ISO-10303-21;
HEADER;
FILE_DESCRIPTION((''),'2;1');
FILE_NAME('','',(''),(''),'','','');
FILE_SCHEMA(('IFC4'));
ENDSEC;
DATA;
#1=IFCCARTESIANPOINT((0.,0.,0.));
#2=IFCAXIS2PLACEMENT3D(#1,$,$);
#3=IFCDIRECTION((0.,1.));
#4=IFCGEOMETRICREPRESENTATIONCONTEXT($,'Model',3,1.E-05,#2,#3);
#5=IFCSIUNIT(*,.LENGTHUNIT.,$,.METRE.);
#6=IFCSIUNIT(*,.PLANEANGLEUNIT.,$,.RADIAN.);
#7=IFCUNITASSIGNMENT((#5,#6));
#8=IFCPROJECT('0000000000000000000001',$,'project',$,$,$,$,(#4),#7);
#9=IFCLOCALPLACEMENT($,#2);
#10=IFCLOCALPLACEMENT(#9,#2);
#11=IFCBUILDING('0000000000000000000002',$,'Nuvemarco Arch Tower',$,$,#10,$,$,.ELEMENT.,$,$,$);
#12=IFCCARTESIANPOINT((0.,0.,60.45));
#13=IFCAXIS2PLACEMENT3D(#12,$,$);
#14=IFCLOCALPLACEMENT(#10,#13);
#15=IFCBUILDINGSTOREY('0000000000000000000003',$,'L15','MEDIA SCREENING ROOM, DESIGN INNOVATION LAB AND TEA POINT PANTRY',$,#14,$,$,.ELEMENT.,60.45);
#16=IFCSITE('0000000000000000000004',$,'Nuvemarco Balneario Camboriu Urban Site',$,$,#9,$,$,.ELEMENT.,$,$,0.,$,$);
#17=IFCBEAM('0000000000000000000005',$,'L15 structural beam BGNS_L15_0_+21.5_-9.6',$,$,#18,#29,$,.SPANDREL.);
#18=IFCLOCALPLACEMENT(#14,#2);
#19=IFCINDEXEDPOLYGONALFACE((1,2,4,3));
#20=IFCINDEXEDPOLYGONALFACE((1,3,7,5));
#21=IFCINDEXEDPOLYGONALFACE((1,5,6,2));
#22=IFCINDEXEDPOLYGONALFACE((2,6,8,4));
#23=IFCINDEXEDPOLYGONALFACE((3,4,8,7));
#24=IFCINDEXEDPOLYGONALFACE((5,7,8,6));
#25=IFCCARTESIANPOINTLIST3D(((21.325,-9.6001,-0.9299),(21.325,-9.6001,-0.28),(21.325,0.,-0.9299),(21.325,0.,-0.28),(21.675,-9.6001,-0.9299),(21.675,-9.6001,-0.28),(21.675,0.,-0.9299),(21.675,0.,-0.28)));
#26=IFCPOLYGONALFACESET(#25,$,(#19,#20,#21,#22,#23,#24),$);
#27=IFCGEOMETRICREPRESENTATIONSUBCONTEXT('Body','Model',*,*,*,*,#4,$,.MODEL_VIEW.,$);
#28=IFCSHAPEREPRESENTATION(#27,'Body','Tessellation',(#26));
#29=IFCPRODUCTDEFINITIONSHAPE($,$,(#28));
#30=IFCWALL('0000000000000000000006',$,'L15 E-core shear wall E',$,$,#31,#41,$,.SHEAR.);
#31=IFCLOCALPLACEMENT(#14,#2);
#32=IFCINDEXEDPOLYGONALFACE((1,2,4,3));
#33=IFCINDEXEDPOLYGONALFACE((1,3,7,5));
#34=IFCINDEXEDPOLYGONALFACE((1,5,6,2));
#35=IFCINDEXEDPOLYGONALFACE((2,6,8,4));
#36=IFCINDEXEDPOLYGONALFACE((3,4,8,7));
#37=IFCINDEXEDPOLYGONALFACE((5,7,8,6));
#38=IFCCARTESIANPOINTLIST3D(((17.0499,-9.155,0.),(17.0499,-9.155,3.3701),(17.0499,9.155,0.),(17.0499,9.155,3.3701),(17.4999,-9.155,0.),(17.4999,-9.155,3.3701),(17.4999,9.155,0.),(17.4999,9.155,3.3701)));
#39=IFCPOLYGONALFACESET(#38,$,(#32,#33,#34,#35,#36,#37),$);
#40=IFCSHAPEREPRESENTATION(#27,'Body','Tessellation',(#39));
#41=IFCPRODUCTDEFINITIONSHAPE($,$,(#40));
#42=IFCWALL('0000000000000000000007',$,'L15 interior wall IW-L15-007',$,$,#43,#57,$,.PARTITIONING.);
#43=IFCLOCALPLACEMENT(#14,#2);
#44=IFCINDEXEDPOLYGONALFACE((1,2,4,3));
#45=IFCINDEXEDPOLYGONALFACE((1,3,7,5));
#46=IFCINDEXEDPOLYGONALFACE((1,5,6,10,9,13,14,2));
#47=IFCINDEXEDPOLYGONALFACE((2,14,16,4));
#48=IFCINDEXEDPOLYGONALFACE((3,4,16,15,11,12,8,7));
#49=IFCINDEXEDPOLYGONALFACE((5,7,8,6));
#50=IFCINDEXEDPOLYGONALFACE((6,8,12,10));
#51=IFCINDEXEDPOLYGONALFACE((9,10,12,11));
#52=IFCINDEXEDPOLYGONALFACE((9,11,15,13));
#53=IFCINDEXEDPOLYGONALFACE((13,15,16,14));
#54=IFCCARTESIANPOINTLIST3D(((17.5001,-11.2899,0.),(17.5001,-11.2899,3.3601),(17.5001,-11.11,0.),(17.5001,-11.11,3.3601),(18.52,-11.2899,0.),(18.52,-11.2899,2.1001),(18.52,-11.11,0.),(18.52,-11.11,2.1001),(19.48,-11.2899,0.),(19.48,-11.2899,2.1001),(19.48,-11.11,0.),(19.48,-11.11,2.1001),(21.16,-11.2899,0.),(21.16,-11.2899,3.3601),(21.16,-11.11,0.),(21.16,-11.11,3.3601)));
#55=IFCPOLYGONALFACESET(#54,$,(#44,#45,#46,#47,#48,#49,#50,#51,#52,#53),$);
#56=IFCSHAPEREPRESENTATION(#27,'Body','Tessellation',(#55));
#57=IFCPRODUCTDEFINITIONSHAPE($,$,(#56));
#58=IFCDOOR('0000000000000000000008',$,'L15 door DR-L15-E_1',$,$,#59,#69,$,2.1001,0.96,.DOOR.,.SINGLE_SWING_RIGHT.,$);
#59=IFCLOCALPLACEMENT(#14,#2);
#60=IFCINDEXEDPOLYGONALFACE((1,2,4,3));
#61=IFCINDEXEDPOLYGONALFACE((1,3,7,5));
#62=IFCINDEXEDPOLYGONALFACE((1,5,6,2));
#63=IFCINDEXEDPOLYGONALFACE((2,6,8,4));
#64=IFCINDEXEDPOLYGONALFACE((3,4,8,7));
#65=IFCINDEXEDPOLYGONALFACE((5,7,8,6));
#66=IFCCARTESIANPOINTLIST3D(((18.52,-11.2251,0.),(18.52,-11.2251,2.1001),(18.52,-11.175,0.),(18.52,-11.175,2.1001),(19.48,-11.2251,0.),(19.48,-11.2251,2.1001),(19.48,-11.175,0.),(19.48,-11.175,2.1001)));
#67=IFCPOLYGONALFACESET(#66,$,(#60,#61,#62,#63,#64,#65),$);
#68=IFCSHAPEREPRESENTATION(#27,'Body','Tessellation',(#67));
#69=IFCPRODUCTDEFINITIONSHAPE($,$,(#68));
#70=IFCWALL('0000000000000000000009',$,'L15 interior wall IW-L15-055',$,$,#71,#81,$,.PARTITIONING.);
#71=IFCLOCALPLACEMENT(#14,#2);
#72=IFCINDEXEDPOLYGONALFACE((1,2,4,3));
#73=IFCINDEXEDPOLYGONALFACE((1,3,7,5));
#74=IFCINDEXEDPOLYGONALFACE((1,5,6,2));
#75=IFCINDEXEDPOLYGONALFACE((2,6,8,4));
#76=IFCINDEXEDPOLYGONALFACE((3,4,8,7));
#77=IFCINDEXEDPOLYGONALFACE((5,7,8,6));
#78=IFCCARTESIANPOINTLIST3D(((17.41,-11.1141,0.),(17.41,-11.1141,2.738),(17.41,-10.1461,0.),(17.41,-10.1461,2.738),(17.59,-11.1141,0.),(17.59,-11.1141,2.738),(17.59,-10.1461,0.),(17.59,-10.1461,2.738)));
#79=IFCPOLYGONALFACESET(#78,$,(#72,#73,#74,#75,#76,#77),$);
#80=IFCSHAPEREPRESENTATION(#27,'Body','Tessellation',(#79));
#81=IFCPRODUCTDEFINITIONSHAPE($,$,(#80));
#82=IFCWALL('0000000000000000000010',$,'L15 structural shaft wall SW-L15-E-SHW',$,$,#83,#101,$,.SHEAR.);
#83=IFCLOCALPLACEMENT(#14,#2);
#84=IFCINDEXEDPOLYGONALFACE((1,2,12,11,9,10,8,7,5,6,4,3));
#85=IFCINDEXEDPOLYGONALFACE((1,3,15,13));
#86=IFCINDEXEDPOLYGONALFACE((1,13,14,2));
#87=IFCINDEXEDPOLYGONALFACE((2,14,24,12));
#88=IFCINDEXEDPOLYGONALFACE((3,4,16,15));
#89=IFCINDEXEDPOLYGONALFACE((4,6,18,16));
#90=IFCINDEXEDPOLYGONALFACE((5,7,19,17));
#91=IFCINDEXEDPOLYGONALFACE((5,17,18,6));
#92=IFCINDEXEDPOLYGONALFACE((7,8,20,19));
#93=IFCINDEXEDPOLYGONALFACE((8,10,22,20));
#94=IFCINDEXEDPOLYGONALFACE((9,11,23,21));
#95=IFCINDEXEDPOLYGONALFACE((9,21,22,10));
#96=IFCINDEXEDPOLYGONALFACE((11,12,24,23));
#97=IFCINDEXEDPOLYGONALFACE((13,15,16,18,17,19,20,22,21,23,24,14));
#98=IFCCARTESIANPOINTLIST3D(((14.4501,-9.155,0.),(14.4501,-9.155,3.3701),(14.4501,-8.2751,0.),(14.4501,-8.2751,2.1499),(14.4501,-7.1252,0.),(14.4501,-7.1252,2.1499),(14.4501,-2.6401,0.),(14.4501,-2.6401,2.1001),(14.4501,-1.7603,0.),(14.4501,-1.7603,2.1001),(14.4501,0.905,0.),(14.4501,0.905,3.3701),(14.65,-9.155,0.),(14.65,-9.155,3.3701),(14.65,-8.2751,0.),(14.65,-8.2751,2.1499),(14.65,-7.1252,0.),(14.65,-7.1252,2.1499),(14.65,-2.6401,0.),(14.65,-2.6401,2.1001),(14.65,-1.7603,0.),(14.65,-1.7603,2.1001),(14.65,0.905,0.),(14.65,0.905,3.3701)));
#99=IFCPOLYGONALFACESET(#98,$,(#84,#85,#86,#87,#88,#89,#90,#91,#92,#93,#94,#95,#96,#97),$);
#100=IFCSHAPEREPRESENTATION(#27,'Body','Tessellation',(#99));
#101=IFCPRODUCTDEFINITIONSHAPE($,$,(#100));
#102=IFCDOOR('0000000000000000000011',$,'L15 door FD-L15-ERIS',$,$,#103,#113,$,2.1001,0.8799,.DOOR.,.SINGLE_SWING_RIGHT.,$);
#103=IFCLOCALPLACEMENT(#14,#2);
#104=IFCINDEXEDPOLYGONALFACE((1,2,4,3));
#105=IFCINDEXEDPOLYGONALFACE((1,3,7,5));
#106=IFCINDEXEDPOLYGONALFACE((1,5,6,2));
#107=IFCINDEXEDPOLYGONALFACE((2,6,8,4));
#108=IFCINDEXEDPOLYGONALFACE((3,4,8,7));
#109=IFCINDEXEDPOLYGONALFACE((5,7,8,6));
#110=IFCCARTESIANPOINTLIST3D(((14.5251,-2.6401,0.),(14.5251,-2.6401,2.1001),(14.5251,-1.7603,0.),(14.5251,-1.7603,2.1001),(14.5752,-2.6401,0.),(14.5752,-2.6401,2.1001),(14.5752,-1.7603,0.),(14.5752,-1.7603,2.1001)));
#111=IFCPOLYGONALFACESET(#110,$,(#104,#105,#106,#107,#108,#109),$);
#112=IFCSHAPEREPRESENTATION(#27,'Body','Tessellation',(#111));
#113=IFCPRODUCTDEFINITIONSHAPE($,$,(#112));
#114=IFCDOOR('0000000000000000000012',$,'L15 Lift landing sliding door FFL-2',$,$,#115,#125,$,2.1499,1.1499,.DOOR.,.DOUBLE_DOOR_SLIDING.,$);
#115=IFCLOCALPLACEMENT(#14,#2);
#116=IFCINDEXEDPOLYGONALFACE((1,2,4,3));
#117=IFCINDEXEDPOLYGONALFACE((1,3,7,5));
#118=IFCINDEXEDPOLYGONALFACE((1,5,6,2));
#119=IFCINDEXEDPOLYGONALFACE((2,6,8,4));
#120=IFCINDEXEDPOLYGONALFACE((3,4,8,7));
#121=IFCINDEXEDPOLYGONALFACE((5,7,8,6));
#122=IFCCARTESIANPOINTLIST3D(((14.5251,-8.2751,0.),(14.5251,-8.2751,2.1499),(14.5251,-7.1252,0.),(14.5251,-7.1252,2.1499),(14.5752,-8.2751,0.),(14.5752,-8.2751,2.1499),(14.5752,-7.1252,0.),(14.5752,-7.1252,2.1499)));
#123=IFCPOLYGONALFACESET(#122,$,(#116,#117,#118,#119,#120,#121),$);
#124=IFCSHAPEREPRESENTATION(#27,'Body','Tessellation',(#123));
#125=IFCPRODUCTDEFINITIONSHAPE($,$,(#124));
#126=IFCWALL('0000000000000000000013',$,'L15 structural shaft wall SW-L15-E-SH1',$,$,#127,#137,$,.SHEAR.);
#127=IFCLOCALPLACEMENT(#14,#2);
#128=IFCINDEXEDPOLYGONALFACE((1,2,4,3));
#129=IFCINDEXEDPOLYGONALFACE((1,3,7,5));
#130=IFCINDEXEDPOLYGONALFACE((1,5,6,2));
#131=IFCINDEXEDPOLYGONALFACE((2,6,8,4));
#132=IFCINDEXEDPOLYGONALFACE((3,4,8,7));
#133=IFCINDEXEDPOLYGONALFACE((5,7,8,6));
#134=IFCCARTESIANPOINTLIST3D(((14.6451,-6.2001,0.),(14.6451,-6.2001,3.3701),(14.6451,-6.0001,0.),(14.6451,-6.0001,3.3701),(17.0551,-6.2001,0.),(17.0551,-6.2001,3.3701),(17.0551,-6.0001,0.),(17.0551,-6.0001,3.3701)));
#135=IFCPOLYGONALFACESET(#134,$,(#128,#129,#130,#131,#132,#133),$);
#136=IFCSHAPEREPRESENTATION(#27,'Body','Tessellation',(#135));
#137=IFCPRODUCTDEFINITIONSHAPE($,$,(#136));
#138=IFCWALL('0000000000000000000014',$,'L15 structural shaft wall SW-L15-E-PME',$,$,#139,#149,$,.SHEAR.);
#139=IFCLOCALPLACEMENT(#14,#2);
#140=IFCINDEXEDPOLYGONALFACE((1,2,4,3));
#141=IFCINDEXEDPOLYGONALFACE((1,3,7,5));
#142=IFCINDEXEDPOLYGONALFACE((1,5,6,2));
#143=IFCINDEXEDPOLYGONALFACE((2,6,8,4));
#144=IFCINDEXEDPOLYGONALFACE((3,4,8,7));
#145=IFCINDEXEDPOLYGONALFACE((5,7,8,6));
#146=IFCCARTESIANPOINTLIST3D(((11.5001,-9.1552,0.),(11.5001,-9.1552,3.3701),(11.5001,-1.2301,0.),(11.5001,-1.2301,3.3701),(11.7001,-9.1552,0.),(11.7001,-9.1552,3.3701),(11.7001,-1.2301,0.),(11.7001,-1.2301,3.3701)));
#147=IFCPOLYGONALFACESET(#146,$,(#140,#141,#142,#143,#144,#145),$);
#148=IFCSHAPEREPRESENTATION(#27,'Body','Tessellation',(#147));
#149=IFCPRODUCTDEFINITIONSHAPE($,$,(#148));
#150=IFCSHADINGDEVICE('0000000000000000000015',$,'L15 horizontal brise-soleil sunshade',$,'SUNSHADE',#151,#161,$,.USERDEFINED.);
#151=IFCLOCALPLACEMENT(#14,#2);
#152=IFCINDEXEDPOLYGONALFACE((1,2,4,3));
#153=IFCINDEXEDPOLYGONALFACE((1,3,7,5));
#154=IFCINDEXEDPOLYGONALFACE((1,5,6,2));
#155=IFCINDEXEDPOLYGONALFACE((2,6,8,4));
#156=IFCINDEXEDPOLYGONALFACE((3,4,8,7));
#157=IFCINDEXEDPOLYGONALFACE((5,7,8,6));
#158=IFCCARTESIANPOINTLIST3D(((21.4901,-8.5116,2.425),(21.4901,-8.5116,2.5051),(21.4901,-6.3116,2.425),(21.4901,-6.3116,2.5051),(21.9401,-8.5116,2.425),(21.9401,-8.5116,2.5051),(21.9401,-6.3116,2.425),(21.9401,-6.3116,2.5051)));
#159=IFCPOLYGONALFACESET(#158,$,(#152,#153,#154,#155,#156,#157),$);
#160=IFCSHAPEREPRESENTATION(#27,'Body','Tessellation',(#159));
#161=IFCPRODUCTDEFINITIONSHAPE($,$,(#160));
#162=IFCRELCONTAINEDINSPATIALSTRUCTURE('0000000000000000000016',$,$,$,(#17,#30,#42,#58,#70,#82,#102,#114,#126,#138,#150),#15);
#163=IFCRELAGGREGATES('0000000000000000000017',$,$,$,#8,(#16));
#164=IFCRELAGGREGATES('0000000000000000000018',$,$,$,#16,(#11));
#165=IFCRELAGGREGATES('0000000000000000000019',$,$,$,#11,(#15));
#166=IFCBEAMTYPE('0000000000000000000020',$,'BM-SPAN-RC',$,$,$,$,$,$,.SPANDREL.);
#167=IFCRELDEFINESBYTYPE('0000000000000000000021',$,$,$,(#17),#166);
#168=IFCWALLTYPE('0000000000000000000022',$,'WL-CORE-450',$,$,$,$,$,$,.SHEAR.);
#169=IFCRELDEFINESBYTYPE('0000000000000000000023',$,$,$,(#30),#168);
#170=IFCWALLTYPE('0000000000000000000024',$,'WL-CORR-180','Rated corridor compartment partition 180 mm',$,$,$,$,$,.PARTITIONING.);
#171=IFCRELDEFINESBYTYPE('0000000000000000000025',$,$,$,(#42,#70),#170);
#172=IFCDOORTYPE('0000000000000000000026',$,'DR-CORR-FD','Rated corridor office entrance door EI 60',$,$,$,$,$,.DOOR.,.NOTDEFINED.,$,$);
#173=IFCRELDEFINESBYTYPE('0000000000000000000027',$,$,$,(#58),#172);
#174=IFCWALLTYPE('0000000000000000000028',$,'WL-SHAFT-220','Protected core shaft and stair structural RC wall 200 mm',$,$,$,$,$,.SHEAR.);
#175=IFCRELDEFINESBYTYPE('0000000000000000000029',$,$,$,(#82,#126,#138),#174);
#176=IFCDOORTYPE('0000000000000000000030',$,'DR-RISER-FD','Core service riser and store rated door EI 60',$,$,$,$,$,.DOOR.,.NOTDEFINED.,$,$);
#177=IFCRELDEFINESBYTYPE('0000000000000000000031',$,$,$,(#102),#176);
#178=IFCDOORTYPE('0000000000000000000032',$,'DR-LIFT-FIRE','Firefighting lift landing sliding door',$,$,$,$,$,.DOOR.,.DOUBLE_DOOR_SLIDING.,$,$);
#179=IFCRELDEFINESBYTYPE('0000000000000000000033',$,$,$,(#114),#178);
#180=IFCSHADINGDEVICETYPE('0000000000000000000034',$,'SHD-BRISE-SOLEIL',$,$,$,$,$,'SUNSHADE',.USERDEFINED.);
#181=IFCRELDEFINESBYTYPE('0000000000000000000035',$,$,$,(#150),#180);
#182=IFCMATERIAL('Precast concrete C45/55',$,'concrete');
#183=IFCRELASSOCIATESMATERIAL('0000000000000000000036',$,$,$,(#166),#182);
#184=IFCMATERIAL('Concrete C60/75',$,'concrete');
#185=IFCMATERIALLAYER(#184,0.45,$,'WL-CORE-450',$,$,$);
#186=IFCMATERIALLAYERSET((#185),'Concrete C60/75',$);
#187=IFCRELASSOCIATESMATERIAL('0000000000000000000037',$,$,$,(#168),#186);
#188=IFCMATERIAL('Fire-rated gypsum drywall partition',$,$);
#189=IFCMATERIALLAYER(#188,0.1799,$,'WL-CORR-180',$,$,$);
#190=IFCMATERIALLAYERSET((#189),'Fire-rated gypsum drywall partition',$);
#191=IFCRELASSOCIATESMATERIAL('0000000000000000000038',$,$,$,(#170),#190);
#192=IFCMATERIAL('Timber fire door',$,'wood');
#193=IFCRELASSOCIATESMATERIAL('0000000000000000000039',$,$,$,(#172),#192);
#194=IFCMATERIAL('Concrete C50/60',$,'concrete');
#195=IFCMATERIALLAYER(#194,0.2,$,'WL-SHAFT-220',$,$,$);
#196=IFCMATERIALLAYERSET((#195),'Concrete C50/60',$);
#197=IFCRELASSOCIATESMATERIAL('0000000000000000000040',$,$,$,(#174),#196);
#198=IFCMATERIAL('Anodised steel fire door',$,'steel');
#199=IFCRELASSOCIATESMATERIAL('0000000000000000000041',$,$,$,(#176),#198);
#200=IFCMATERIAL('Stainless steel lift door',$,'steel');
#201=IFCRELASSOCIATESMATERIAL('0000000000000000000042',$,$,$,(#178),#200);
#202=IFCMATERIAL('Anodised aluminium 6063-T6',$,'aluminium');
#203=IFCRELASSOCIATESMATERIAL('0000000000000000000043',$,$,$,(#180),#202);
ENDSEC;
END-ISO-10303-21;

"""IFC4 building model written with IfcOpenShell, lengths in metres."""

from ifc_helpers import new_model, si_unit, direction, frame, frame_2d, origin, origin_2d, place, context, subcontext, project, spatial, rectangle, extrude, source, transform, mapped, material, layer, layer_set, material_profile, profile_set, type_object, type_shapes, element, fill, save


model = new_model("IFC4")

# Units and contexts
model_context = context("Model", 3, precision=1e-05, world=origin(), true_north=direction((0.0, 1.0)))
body_context = subcontext(model_context, "Body", "Model", "MODEL_VIEW")
ifc_project = project(units=[si_unit("LENGTHUNIT", "METRE"), si_unit("PLANEANGLEUNIT", "RADIAN")], contexts=[model_context])

# Site, building, storey
site_placement = place(None, origin())
site = spatial("IfcSite", under=ifc_project, at=site_placement, Name="Nuvemarco Balneario Camboriu Urban Site", CompositionType="ELEMENT", RefElevation=0.0)
building_placement = place(site_placement, origin())
building = spatial("IfcBuilding", under=site, at=building_placement, Name="Nuvemarco Arch Tower", CompositionType="ELEMENT")
storey_placement = place(building_placement, frame((0.0, 0.0, 60.45)))
storey = spatial("IfcBuildingStorey", under=building, at=storey_placement, Name="L15", Description="MEDIA SCREENING ROOM, DESIGN INNOVATION LAB AND TEA POINT PANTRY", CompositionType="ELEMENT", Elevation=60.45)

# Shared definitions
ifc_material_1 = material(Name="Concrete C60/75", Category="concrete")

# Beam
ifc_material_2 = material(Name="Precast concrete C45/55", Category="concrete")
ifc_material_profile_1 = material_profile(ifc_material_2, rectangle(XDim=0.3501, YDim=0.6499, at=origin_2d()), Name="PC-SP-350x650")
ifc_profile_set_1 = profile_set([ifc_material_profile_1], Name="Precast concrete C45/55")
beam_type_1 = type_object("IfcBeamType", Name="BM-SPAN-RC", PredefinedType="SPANDREL", material=ifc_profile_set_1)
beam_1_placement = place(storey_placement, frame((21.5, -9.6001, -0.605), z_axis=(0.0, 1.0, 0.0), x_axis=(-1.0, 0.0, 0.0)))
element("IfcBeam", 1, at=beam_1_placement, inside=storey, type_object=beam_type_1, Name="L15 structural beam BGNS_L15_0_+21.5_-9.6", PredefinedType="SPANDREL", context=body_context, shape_type="SweptSolid", body=[
    extrude(rectangle(XDim=0.3501, YDim=0.6499, at=origin_2d()), origin(), (0.0, 0.0, 1.0), 9.6001),
])

# Wall
ifc_layer_1 = layer(ifc_material_1, 0.45, Name="WL-CORE-450")
ifc_layer_set_1 = layer_set([ifc_layer_1], Name="Concrete C60/75")
wall_type_1 = type_object("IfcWallType", Name="WL-CORE-450", PredefinedType="SHEAR", material=ifc_layer_set_1)
wall_1_placement = place(storey_placement, frame((17.2749, -9.155, 0.0), z_axis=(0.0, 0.0, 1.0), x_axis=(0.0, 1.0, 0.0)))
element("IfcWall", 2, at=wall_1_placement, inside=storey, type_object=wall_type_1, Name="L15 E-core shear wall E", PredefinedType="SHEAR", context=body_context, shape_type="SweptSolid", body=[
    extrude(rectangle(XDim=18.3101, YDim=0.45, at=frame_2d((9.155, 0.0))), origin(), (0.0, 0.0, 1.0), 3.3701),
])

# Wall, opening, door
ifc_material_3 = material(Name="Fire-rated gypsum drywall partition")
ifc_layer_2 = layer(ifc_material_3, 0.1799, Name="WL-CORR-180")
ifc_layer_set_2 = layer_set([ifc_layer_2], Name="Fire-rated gypsum drywall partition")
wall_type_2 = type_object("IfcWallType", Name="WL-CORR-180", Description="Rated corridor compartment partition 180 mm", PredefinedType="PARTITIONING", material=ifc_layer_set_2)
wall_2_placement = place(storey_placement, frame((17.5, -11.2, 0.0), z_axis=(0.0, 0.0, 1.0), x_axis=(1.0, 0.0, 0.0)))
wall_2 = element("IfcWall", 3, at=wall_2_placement, inside=storey, type_object=wall_type_2, Name="L15 interior wall IW-L15-007", PredefinedType="PARTITIONING", context=body_context, shape_type="SweptSolid", body=[
    extrude(rectangle(XDim=3.6599, YDim=0.1799, at=frame_2d((1.8301, 0.0))), origin(), (0.0, 0.0, 1.0), 3.3601),
])
opening_1_placement = place(wall_2_placement, frame((1.02, 0.0, 0.0)))
opening_1 = element("IfcOpeningElement", 4, at=opening_1_placement, cuts=wall_2, PredefinedType="OPENING", context=body_context, shape_type="SweptSolid", body=[
    extrude(rectangle(XDim=0.96, YDim=2.1001, at=frame_2d((0.48, 1.05))), frame((0.0, 0.0999, 0.0), z_axis=(0.0, -1.0, 0.0), x_axis=(1.0, 0.0, 0.0)), (0.0, 0.0, 1.0), 0.2),
])
ifc_material_4 = material(Name="Timber fire door", Category="wood")
door_type_1 = type_object("IfcDoorType", Name="DR-CORR-FD", Description="Rated corridor office entrance door EI 60", OperationType="NOTDEFINED", PredefinedType="DOOR", material=ifc_material_4)
shared_shape_1 = source(origin(), body_context, "Body", "SweptSolid", [
    extrude(rectangle(XDim=0.96, YDim=2.1001, at=frame_2d((0.48, 1.05))), frame((0.0, 0.0249, 0.0), z_axis=(0.0, -1.0, 0.0), x_axis=(1.0, 0.0, 0.0)), (0.0, 0.0, 1.0), 0.05),
])
type_shapes(door_type_1, [shared_shape_1])
door_1_placement = place(opening_1_placement, origin())
door_1 = element("IfcDoor", 5, at=door_1_placement, inside=storey, type_object=door_type_1, Name="L15 door DR-L15-E_1", OperationType="SINGLE_SWING_RIGHT", OverallHeight=2.1001, OverallWidth=0.96, PredefinedType="DOOR", context=body_context, shape_type="MappedRepresentation", body=[
    mapped(shared_shape_1, transform((0.0, 0.0, 0.0), scale=1.0)),
])
fill(opening_1, door_1)

# Wall
wall_3_placement = place(storey_placement, frame((17.5, -11.114, 0.0), z_axis=(0.0, 0.0, 1.0), x_axis=(0.0, 1.0, 0.0)))
element("IfcWall", 6, at=wall_3_placement, inside=storey, type_object=wall_type_2, Name="L15 interior wall IW-L15-055", PredefinedType="PARTITIONING", context=body_context, shape_type="SweptSolid", body=[
    extrude(rectangle(XDim=0.968, YDim=0.1799, at=frame_2d((0.4839, 0.0))), origin(), (0.0, 0.0, 1.0), 2.738),
])

# Wall, openings, doors
ifc_material_5 = material(Name="Concrete C50/60", Category="concrete")
ifc_layer_3 = layer(ifc_material_5, 0.2, Name="WL-SHAFT-220")
ifc_layer_set_3 = layer_set([ifc_layer_3], Name="Concrete C50/60")
wall_type_3 = type_object("IfcWallType", Name="WL-SHAFT-220", Description="Protected core shaft and stair structural RC wall 200 mm", PredefinedType="SHEAR", material=ifc_layer_set_3)
wall_4_placement = place(storey_placement, frame((14.55, -9.155, 0.0), z_axis=(0.0, 0.0, 1.0), x_axis=(0.0, 1.0, 0.0)))
wall_4 = element("IfcWall", 7, at=wall_4_placement, inside=storey, type_object=wall_type_3, Name="L15 structural shaft wall SW-L15-E-SHW", PredefinedType="SHEAR", context=body_context, shape_type="SweptSolid", body=[
    extrude(rectangle(XDim=10.0601, YDim=0.2, at=frame_2d((5.03, 0.0))), origin(), (0.0, 0.0, 1.0), 3.3701),
])
opening_2_placement = place(wall_4_placement, frame((6.5149, 0.0, 0.0)))
opening_2 = element("IfcOpeningElement", 8, at=opening_2_placement, cuts=wall_4, PredefinedType="OPENING", context=body_context, shape_type="SweptSolid", body=[
    extrude(rectangle(XDim=0.8799, YDim=2.1001, at=frame_2d((0.4399, 1.05))), frame((0.0, 0.1099, 0.0), z_axis=(0.0, -1.0, 0.0), x_axis=(1.0, 0.0, 0.0)), (0.0, 0.0, 1.0), 0.22),
])
opening_3_placement = place(wall_4_placement, frame((0.8799, 0.0, 0.0)))
opening_3 = element("IfcOpeningElement", 9, at=opening_3_placement, cuts=wall_4, PredefinedType="OPENING", context=body_context, shape_type="SweptSolid", body=[
    extrude(rectangle(XDim=1.1499, YDim=2.1499, at=frame_2d((0.575, 1.075))), frame((0.0, 0.1099, 0.0), z_axis=(0.0, -1.0, 0.0), x_axis=(1.0, 0.0, 0.0)), (0.0, 0.0, 1.0), 0.22),
])
ifc_material_6 = material(Name="Anodised steel fire door", Category="steel")
door_type_2 = type_object("IfcDoorType", Name="DR-RISER-FD", Description="Core service riser and store rated door EI 60", OperationType="NOTDEFINED", PredefinedType="DOOR", material=ifc_material_6)
shared_shape_2 = source(origin(), body_context, "Body", "SweptSolid", [
    extrude(rectangle(XDim=0.8799, YDim=2.1001, at=frame_2d((0.4399, 1.05))), frame((0.0, 0.0249, 0.0), z_axis=(0.0, -1.0, 0.0), x_axis=(1.0, 0.0, 0.0)), (0.0, 0.0, 1.0), 0.05),
])
type_shapes(door_type_2, [shared_shape_2])
door_2_placement = place(opening_2_placement, origin())
door_2 = element("IfcDoor", 10, at=door_2_placement, inside=storey, type_object=door_type_2, Name="L15 door FD-L15-ERIS", OperationType="SINGLE_SWING_RIGHT", OverallHeight=2.1001, OverallWidth=0.8799, PredefinedType="DOOR", context=body_context, shape_type="MappedRepresentation", body=[
    mapped(shared_shape_2, transform((0.0, 0.0, 0.0), scale=1.0)),
])
fill(opening_2, door_2)
ifc_material_7 = material(Name="Stainless steel lift door", Category="steel")
door_type_3 = type_object("IfcDoorType", Name="DR-LIFT-FIRE", Description="Firefighting lift landing sliding door", OperationType="DOUBLE_DOOR_SLIDING", PredefinedType="DOOR", material=ifc_material_7)
shared_shape_3 = source(origin(), body_context, "Body", "SweptSolid", [
    extrude(rectangle(XDim=1.1499, YDim=2.1499, at=frame_2d((0.575, 1.075))), frame((0.0, 0.0249, 0.0), z_axis=(0.0, -1.0, 0.0), x_axis=(1.0, 0.0, 0.0)), (0.0, 0.0, 1.0), 0.05),
])
type_shapes(door_type_3, [shared_shape_3])
door_3_placement = place(opening_3_placement, origin())
door_3 = element("IfcDoor", 11, at=door_3_placement, inside=storey, type_object=door_type_3, Name="L15 Lift landing sliding door FFL-2", OperationType="DOUBLE_DOOR_SLIDING", OverallHeight=2.1499, OverallWidth=1.1499, PredefinedType="DOOR", context=body_context, shape_type="MappedRepresentation", body=[
    mapped(shared_shape_3, transform((0.0, 0.0, 0.0), scale=1.0)),
])
fill(opening_3, door_3)

# Walls
wall_5_placement = place(storey_placement, frame((14.645, -6.1001, 0.0), z_axis=(0.0, 0.0, 1.0), x_axis=(1.0, 0.0, 0.0)))
element("IfcWall", 12, at=wall_5_placement, inside=storey, type_object=wall_type_3, Name="L15 structural shaft wall SW-L15-E-SH1", PredefinedType="SHEAR", context=body_context, shape_type="SweptSolid", body=[
    extrude(rectangle(XDim=2.4099, YDim=0.2, at=frame_2d((1.2051, 0.0))), origin(), (0.0, 0.0, 1.0), 3.3701),
])
wall_6_placement = place(storey_placement, frame((11.6001, -9.155, 0.0), z_axis=(0.0, 0.0, 1.0), x_axis=(0.0, 1.0, 0.0)))
element("IfcWall", 13, at=wall_6_placement, inside=storey, type_object=wall_type_3, Name="L15 structural shaft wall SW-L15-E-PME", PredefinedType="SHEAR", context=body_context, shape_type="SweptSolid", body=[
    extrude(rectangle(XDim=7.925, YDim=0.2, at=frame_2d((3.9624, 0.0))), origin(), (0.0, 0.0, 1.0), 3.3701),
])

# Shading device
ifc_material_8 = material(Name="Anodised aluminium 6063-T6", Category="aluminium")
shading_device_type = type_object("IfcShadingDeviceType", Name="SHD-BRISE-SOLEIL", ElementType="SUNSHADE", PredefinedType="USERDEFINED", material=ifc_material_8)
shared_shape_4 = source(origin(), body_context, "Body", "SweptSolid", [
    extrude(rectangle(XDim=2.2, YDim=0.45, at=origin_2d()), origin(), (0.0, 0.0, 1.0), 0.0801),
])
type_shapes(shading_device_type, [shared_shape_4])
for number, where, z_axis, x_axis, name in (
    (14, (21.7151, -7.4116, 2.425), (0.0, 0.0, 1.0), (0.0, 1.0, 0.0), "L15 horizontal brise-soleil sunshade"),
):
    element("IfcShadingDevice", number, at=place(storey_placement, frame(where, z_axis=z_axis, x_axis=x_axis)), inside=storey, type_object=shading_device_type, Name=name, ObjectType="SUNSHADE", PredefinedType="USERDEFINED", context=body_context, shape_type="MappedRepresentation", body=[
        mapped(shared_shape_4, transform((0.0, 0.0, 0.0), scale=1.0)),
    ])

save(model, "model.ifc")
